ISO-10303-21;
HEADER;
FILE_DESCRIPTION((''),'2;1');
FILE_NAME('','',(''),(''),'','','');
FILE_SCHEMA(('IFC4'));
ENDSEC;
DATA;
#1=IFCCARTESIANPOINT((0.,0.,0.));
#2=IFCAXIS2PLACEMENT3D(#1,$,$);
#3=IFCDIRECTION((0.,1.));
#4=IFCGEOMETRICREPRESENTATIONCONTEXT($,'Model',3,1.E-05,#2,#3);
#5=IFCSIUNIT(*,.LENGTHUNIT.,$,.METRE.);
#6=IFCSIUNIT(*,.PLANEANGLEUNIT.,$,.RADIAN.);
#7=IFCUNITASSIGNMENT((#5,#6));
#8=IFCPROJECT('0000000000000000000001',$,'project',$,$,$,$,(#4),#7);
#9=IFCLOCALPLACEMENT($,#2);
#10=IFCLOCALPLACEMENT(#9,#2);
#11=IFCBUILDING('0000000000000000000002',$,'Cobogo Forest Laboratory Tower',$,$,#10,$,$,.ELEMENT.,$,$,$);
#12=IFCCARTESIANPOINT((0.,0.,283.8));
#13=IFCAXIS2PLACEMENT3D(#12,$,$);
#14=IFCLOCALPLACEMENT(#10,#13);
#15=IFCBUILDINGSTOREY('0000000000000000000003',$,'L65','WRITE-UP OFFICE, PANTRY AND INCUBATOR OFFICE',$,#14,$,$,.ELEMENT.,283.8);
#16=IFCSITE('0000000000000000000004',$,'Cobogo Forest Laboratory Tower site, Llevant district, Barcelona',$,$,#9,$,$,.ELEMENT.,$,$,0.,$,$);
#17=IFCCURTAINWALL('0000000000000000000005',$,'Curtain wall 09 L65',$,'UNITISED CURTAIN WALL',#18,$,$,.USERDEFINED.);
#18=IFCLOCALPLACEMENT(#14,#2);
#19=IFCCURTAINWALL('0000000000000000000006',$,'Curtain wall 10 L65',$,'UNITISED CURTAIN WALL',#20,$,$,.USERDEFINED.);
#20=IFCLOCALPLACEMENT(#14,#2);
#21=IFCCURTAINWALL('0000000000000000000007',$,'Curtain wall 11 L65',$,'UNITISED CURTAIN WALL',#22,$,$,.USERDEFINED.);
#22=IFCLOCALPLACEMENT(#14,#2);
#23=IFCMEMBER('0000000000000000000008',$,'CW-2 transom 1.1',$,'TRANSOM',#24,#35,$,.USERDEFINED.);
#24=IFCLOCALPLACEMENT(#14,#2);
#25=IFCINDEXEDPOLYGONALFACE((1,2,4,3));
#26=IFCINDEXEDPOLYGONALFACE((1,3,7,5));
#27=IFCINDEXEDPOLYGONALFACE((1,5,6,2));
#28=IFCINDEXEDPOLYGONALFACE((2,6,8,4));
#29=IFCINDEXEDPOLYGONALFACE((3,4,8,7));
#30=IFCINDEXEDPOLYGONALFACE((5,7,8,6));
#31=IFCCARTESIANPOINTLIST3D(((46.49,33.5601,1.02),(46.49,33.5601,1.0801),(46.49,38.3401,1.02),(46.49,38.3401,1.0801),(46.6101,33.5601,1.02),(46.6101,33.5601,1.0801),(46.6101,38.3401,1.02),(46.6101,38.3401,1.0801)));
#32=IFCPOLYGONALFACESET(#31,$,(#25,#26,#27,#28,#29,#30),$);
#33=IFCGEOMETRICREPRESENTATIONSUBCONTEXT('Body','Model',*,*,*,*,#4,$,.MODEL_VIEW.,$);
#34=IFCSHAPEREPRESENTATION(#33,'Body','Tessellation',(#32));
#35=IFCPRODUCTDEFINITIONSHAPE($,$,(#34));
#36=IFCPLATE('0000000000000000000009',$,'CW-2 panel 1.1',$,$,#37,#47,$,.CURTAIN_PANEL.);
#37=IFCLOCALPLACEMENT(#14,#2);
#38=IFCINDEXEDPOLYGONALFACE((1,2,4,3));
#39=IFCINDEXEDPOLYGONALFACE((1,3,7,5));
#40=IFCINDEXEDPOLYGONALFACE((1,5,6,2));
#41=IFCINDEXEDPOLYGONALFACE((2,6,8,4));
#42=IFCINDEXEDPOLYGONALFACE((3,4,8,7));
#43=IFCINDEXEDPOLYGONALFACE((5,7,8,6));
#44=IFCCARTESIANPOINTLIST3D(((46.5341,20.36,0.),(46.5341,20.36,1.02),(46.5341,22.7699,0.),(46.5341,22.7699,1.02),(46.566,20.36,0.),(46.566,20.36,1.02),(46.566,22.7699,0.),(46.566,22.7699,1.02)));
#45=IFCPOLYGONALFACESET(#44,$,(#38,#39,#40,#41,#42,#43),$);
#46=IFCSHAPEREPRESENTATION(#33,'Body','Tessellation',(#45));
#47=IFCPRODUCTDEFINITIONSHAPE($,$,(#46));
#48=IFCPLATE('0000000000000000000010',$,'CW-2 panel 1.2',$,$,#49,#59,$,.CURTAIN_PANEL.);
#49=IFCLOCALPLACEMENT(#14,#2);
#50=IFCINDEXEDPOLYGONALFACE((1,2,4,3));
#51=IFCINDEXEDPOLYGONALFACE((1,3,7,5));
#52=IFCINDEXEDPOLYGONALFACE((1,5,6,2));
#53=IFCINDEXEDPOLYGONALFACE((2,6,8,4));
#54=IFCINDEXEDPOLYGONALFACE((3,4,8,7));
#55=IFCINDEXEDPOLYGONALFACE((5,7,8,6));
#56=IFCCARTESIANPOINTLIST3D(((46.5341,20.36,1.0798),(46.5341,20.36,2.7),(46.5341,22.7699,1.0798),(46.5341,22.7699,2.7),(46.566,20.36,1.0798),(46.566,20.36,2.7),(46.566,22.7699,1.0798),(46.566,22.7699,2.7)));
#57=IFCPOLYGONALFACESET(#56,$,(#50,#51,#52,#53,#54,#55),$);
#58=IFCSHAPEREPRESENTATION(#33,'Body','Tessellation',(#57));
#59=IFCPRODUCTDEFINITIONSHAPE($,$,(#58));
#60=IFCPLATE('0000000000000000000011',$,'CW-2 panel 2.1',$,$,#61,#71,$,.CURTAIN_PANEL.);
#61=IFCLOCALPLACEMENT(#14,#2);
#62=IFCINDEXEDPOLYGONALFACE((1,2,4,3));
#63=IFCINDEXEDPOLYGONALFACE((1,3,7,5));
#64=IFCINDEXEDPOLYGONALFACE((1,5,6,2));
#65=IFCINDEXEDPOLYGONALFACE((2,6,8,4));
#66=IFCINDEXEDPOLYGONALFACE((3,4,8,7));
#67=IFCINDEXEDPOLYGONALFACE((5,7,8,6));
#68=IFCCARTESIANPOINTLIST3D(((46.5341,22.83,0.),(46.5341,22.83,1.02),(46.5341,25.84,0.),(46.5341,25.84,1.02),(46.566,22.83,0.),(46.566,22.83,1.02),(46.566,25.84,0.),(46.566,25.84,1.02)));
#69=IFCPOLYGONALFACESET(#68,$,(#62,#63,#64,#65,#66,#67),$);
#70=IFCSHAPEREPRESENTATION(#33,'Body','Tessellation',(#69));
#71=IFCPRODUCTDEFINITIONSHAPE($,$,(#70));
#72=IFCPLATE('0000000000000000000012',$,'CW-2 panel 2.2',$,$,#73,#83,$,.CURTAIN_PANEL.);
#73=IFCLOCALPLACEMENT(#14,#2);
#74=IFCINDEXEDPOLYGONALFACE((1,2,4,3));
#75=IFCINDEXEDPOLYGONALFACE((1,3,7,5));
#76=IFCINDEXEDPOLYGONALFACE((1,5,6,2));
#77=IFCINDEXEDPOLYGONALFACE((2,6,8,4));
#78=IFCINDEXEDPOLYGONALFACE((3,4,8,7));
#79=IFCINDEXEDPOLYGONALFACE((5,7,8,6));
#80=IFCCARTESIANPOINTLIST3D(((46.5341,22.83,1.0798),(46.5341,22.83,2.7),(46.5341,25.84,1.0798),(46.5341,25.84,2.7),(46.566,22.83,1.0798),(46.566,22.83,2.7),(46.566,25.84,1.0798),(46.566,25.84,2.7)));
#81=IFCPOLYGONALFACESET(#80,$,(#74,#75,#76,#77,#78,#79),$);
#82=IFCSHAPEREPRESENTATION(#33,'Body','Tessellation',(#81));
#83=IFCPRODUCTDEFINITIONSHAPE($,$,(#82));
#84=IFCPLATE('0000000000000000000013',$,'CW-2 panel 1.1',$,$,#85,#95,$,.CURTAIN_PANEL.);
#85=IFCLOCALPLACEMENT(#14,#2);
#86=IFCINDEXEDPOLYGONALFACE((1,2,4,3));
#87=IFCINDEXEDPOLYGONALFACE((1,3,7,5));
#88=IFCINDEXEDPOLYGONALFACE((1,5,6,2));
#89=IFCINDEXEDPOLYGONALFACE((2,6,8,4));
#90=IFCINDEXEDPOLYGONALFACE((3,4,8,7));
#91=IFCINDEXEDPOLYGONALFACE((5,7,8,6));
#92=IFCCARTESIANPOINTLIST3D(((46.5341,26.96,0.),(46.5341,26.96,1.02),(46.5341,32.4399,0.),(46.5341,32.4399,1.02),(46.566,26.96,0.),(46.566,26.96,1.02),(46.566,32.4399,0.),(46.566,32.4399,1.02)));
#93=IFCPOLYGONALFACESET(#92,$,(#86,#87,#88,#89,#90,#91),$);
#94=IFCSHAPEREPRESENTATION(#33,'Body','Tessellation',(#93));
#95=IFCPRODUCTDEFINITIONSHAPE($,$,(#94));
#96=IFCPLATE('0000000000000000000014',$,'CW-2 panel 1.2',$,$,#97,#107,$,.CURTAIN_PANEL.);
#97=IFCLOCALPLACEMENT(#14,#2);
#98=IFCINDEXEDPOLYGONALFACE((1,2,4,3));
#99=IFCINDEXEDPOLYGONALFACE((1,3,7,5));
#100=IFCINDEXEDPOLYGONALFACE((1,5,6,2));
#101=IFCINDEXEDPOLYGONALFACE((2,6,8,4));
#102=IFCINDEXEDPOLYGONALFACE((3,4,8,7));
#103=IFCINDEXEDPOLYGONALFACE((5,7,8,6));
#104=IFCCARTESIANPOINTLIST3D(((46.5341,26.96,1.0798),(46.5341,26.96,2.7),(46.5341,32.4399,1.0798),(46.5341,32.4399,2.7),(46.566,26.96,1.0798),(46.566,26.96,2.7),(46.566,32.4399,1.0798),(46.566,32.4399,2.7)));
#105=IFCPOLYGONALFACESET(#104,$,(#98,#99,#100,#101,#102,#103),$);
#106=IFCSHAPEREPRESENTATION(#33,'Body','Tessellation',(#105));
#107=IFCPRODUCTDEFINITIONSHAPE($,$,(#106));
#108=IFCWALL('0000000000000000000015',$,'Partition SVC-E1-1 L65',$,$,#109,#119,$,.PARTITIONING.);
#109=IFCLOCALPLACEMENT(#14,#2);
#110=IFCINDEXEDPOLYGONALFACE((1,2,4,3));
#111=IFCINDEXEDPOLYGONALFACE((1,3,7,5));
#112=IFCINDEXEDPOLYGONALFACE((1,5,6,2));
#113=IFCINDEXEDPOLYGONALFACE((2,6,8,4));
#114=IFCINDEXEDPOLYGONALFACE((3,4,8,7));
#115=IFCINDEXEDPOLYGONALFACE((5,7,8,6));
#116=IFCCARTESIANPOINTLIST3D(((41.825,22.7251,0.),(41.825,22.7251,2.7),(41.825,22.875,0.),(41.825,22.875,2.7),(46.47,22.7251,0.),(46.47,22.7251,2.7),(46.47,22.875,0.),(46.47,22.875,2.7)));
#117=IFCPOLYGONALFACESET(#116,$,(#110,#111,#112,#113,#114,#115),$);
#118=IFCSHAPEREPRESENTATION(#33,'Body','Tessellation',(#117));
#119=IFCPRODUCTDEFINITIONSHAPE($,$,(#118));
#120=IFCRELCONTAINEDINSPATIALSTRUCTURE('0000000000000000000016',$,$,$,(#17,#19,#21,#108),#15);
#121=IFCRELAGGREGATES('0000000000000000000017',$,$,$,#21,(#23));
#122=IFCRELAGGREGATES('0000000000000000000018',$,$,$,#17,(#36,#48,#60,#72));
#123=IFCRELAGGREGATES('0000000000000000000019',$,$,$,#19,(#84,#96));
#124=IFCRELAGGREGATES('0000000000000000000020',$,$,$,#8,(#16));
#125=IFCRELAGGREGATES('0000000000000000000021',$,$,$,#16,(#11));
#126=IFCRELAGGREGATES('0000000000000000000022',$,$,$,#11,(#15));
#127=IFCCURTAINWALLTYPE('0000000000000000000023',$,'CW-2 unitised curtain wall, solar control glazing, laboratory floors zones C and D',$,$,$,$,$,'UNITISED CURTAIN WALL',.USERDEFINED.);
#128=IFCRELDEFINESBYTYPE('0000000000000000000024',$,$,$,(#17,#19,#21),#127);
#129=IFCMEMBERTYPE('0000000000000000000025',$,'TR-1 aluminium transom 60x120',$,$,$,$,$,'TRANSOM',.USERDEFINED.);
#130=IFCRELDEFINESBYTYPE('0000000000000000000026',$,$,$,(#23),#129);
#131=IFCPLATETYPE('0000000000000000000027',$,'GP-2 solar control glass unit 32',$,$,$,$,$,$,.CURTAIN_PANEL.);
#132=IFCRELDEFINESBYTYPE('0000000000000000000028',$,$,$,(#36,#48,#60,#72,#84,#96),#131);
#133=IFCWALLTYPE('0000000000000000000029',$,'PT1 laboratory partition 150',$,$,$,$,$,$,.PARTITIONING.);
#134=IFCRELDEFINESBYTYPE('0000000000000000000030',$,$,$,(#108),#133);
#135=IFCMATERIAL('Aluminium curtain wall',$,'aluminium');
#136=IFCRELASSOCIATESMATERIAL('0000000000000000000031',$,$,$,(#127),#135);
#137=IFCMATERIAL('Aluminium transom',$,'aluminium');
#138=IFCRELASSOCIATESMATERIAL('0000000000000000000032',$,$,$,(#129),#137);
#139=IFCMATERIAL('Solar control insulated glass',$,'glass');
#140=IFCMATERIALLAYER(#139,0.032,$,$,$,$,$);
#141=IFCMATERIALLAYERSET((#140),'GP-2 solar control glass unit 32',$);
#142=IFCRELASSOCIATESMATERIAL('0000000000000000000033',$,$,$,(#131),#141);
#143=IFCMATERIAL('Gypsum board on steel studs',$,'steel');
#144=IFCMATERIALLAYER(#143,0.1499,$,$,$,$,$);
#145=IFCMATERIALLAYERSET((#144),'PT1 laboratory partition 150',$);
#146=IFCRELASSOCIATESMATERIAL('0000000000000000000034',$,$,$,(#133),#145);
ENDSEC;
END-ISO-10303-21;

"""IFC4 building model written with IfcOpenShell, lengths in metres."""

from ifc_helpers import new_model, si_unit, direction, frame, frame_2d, origin, origin_2d, place, context, subcontext, project, spatial, rectangle, extrude, material, layer, layer_set, material_profile, profile_set, type_object, element, aggregate, save


model = new_model("IFC4")

# Units and contexts
model_context = context("Model", 3, precision=1e-05, world=origin(), true_north=direction((0.0, 1.0)))
body_context = subcontext(model_context, "Body", "Model", "MODEL_VIEW")
ifc_project = project(units=[si_unit("LENGTHUNIT", "METRE"), si_unit("PLANEANGLEUNIT", "RADIAN")], contexts=[model_context])

# Site, building, storey
site_placement = place(None, origin())
site = spatial("IfcSite", under=ifc_project, at=site_placement, Name="Cobogo Forest Laboratory Tower site, Llevant district, Barcelona", CompositionType="ELEMENT", RefElevation=0.0)
building_placement = place(site_placement, origin())
building = spatial("IfcBuilding", under=site, at=building_placement, Name="Cobogo Forest Laboratory Tower", CompositionType="ELEMENT")
storey_placement = place(building_placement, frame((0.0, 0.0, 283.8)))
storey = spatial("IfcBuildingStorey", under=building, at=storey_placement, Name="L65", Description="WRITE-UP OFFICE, PANTRY AND INCUBATOR OFFICE", CompositionType="ELEMENT", Elevation=283.8)

# Curtain walls
ifc_material_1 = material(Name="Aluminium curtain wall", Category="aluminium")
curtain_wall_type = type_object("IfcCurtainWallType", Name="CW-2 unitised curtain wall, solar control glazing, laboratory floors zones C and D", ElementType="UNITISED CURTAIN WALL", PredefinedType="USERDEFINED", material=ifc_material_1)
curtain_wall_1_placement = place(storey_placement, origin())
curtain_wall_1 = element("IfcCurtainWall", 1, at=curtain_wall_1_placement, inside=storey, type_object=curtain_wall_type, Name="Curtain wall 09 L65", ObjectType="UNITISED CURTAIN WALL", PredefinedType="USERDEFINED")
curtain_wall_2_placement = place(storey_placement, origin())
curtain_wall_2 = element("IfcCurtainWall", 2, at=curtain_wall_2_placement, inside=storey, type_object=curtain_wall_type, Name="Curtain wall 10 L65", ObjectType="UNITISED CURTAIN WALL", PredefinedType="USERDEFINED")

# Curtain wall
curtain_wall_3_placement = place(storey_placement, origin())
curtain_wall_3 = element("IfcCurtainWall", 3, at=curtain_wall_3_placement, inside=storey, type_object=curtain_wall_type, Name="Curtain wall 11 L65", ObjectType="UNITISED CURTAIN WALL", PredefinedType="USERDEFINED")

# Member
ifc_material_2 = material(Name="Aluminium transom", Category="aluminium")
ifc_material_profile_1 = material_profile(ifc_material_2, rectangle(XDim=0.1201, YDim=0.0601, at=origin_2d()), Name="AL 60x120")
ifc_profile_set_1 = profile_set([ifc_material_profile_1], Name="Aluminium transom")
member_type_1 = type_object("IfcMemberType", Name="TR-1 aluminium transom 60x120", ElementType="TRANSOM", PredefinedType="USERDEFINED", material=ifc_profile_set_1)
member_1_placement = place(storey_placement, frame((46.55, 33.5601, 1.05), z_axis=(0.0, 1.0, 0.0), x_axis=(-1.0, 0.0, 0.0)))
member_1 = element("IfcMember", 4, at=member_1_placement, type_object=member_type_1, Name="CW-2 transom 1.1", ObjectType="TRANSOM", PredefinedType="USERDEFINED", context=body_context, shape_type="SweptSolid", body=[
    extrude(rectangle(XDim=0.1201, YDim=0.0601, at=origin_2d()), origin(), (0.0, 0.0, 1.0), 4.78),
])
aggregate(curtain_wall_3, [member_1])

# Plates
ifc_material_3 = material(Name="Solar control insulated glass", Category="glass")
ifc_layer_1 = layer(ifc_material_3, 0.032)
ifc_layer_set_1 = layer_set([ifc_layer_1], Name="GP-2 solar control glass unit 32")
plate_type_1 = type_object("IfcPlateType", Name="GP-2 solar control glass unit 32", PredefinedType="CURTAIN_PANEL", material=ifc_layer_set_1)
plate_1_placement = place(storey_placement, frame((46.55, 21.5649, 0.0), z_axis=(0.0, 0.0, 1.0), x_axis=(0.0, 1.0, 0.0)))
plate_1 = element("IfcPlate", 5, at=plate_1_placement, type_object=plate_type_1, Name="CW-2 panel 1.1", PredefinedType="CURTAIN_PANEL", context=body_context, shape_type="SweptSolid", body=[
    extrude(rectangle(XDim=2.4099, YDim=0.032, at=origin_2d()), origin(), (0.0, 0.0, 1.0), 1.02),
])
plate_2_placement = place(storey_placement, frame((46.55, 21.5649, 1.0798), z_axis=(0.0, 0.0, 1.0), x_axis=(0.0, 1.0, 0.0)))
plate_2 = element("IfcPlate", 6, at=plate_2_placement, type_object=plate_type_1, Name="CW-2 panel 1.2", PredefinedType="CURTAIN_PANEL", context=body_context, shape_type="SweptSolid", body=[
    extrude(rectangle(XDim=2.4099, YDim=0.032, at=origin_2d()), origin(), (0.0, 0.0, 1.0), 1.6201),
])
plate_3_placement = place(storey_placement, frame((46.55, 24.335, 0.0), z_axis=(0.0, 0.0, 1.0), x_axis=(0.0, 1.0, 0.0)))
plate_3 = element("IfcPlate", 7, at=plate_3_placement, type_object=plate_type_1, Name="CW-2 panel 2.1", PredefinedType="CURTAIN_PANEL", context=body_context, shape_type="SweptSolid", body=[
    extrude(rectangle(XDim=3.01, YDim=0.032, at=origin_2d()), origin(), (0.0, 0.0, 1.0), 1.02),
])
plate_4_placement = place(storey_placement, frame((46.55, 24.335, 1.0798), z_axis=(0.0, 0.0, 1.0), x_axis=(0.0, 1.0, 0.0)))
plate_4 = element("IfcPlate", 8, at=plate_4_placement, type_object=plate_type_1, Name="CW-2 panel 2.2", PredefinedType="CURTAIN_PANEL", context=body_context, shape_type="SweptSolid", body=[
    extrude(rectangle(XDim=3.01, YDim=0.032, at=origin_2d()), origin(), (0.0, 0.0, 1.0), 1.6201),
])
aggregate(curtain_wall_1, [plate_1, plate_2, plate_3, plate_4])
plate_5_placement = place(storey_placement, frame((46.55, 29.7, 0.0), z_axis=(0.0, 0.0, 1.0), x_axis=(0.0, 1.0, 0.0)))
plate_5 = element("IfcPlate", 9, at=plate_5_placement, type_object=plate_type_1, Name="CW-2 panel 1.1", PredefinedType="CURTAIN_PANEL", context=body_context, shape_type="SweptSolid", body=[
    extrude(rectangle(XDim=5.48, YDim=0.032, at=origin_2d()), origin(), (0.0, 0.0, 1.0), 1.02),
])
plate_6_placement = place(storey_placement, frame((46.55, 29.7, 1.0798), z_axis=(0.0, 0.0, 1.0), x_axis=(0.0, 1.0, 0.0)))
plate_6 = element("IfcPlate", 10, at=plate_6_placement, type_object=plate_type_1, Name="CW-2 panel 1.2", PredefinedType="CURTAIN_PANEL", context=body_context, shape_type="SweptSolid", body=[
    extrude(rectangle(XDim=5.48, YDim=0.032, at=origin_2d()), origin(), (0.0, 0.0, 1.0), 1.6201),
])
aggregate(curtain_wall_2, [plate_5, plate_6])

# Wall
ifc_material_4 = material(Name="Gypsum board on steel studs", Category="steel")
ifc_layer_2 = layer(ifc_material_4, 0.1499)
ifc_layer_set_2 = layer_set([ifc_layer_2], Name="PT1 laboratory partition 150")
wall_type = type_object("IfcWallType", Name="PT1 laboratory partition 150", PredefinedType="PARTITIONING", material=ifc_layer_set_2)
wall_placement = place(storey_placement, frame((46.47, 22.8, 0.0), z_axis=(0.0, 0.0, 1.0), x_axis=(-1.0, 0.0, 0.0)))
element("IfcWall", 11, at=wall_placement, inside=storey, type_object=wall_type, Name="Partition SVC-E1-1 L65", PredefinedType="PARTITIONING", context=body_context, shape_type="SweptSolid", body=[
    extrude(rectangle(XDim=4.645, YDim=0.1499, at=frame_2d((2.3225, 0.0))), origin(), (0.0, 0.0, 1.0), 2.7),
])

save(model, "model.ifc")
